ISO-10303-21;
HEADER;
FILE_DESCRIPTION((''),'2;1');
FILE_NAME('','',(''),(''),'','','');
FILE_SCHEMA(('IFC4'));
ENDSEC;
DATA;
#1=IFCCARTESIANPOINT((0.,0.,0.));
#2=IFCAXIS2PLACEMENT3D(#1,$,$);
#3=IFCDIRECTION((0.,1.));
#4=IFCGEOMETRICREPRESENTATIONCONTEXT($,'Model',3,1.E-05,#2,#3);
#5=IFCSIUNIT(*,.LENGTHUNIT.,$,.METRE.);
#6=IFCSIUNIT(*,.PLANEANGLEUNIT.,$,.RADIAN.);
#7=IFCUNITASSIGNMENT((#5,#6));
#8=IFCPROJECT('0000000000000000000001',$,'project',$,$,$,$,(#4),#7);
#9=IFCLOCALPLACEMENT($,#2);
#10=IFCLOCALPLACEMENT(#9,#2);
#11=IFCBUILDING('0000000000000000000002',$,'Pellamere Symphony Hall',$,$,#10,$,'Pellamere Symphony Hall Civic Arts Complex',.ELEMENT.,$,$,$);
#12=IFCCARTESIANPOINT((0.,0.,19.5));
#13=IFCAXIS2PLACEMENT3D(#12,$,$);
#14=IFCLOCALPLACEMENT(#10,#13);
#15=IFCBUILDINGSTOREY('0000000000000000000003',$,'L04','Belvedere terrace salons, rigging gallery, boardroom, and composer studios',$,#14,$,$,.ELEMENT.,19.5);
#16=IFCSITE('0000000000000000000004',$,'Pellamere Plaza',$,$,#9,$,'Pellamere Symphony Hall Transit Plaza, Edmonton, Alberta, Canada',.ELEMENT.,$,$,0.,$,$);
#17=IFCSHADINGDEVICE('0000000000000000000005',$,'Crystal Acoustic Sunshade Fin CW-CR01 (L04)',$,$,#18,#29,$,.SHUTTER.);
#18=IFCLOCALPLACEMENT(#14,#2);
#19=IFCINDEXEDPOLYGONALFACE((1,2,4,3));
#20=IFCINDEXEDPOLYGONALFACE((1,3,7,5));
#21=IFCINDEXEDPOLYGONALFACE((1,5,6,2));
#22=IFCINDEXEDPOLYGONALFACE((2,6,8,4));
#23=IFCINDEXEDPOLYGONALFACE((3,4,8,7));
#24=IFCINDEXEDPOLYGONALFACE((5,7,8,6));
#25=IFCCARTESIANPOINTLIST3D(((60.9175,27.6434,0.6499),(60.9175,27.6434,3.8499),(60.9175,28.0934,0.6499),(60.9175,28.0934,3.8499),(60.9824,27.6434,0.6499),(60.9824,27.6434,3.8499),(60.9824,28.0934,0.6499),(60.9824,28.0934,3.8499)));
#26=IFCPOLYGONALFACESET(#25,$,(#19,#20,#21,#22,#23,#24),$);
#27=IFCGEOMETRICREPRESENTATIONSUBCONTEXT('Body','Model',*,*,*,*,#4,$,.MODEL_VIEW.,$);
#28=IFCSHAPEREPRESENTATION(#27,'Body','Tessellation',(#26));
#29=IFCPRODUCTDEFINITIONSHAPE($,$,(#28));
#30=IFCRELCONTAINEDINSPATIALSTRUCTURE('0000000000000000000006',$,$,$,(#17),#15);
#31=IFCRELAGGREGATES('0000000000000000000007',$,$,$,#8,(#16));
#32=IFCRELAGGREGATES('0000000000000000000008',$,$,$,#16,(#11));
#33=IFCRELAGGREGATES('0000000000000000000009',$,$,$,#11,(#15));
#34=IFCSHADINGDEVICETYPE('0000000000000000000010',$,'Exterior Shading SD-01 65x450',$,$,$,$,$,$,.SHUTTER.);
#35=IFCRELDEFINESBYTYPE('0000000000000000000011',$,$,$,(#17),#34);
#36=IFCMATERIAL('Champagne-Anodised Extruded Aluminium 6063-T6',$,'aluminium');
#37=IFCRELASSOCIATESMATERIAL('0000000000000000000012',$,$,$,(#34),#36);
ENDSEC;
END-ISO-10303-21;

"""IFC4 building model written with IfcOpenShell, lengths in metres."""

from ifc_helpers import new_model, si_unit, direction, frame, origin, origin_2d, place, context, subcontext, project, spatial, rectangle, extrude, material, type_object, element, save


model = new_model("IFC4")

# Units and contexts
model_context = context("Model", 3, precision=1e-05, world=origin(), true_north=direction((0.0, 1.0)))
body_context = subcontext(model_context, "Body", "Model", "MODEL_VIEW")
ifc_project = project(units=[si_unit("LENGTHUNIT", "METRE"), si_unit("PLANEANGLEUNIT", "RADIAN")], contexts=[model_context])

# Site, building, storey
site_placement = place(None, origin())
site = spatial("IfcSite", under=ifc_project, at=site_placement, Name="Pellamere Plaza", LongName="Pellamere Symphony Hall Transit Plaza, Edmonton, Alberta, Canada", CompositionType="ELEMENT", RefElevation=0.0)
building_placement = place(site_placement, origin())
building = spatial("IfcBuilding", under=site, at=building_placement, Name="Pellamere Symphony Hall", LongName="Pellamere Symphony Hall Civic Arts Complex", CompositionType="ELEMENT")
storey_placement = place(building_placement, frame((0.0, 0.0, 19.5)))
storey = spatial("IfcBuildingStorey", under=building, at=storey_placement, Name="L04", Description="Belvedere terrace salons, rigging gallery, boardroom, and composer studios", CompositionType="ELEMENT", Elevation=19.5)

# Shading device
ifc_material_1 = material(Name="Champagne-Anodised Extruded Aluminium 6063-T6", Category="aluminium")
shading_device_type = type_object("IfcShadingDeviceType", Name="Exterior Shading SD-01 65x450", PredefinedType="SHUTTER", material=ifc_material_1)
shading_device_placement = place(storey_placement, frame((60.95, 27.8684, 0.6499), z_axis=(0.0, 0.0, 1.0), x_axis=(1.0, 0.0, 0.0)))
element("IfcShadingDevice", 1, at=shading_device_placement, inside=storey, type_object=shading_device_type, Name="Crystal Acoustic Sunshade Fin CW-CR01 (L04)", PredefinedType="SHUTTER", context=body_context, shape_type="SweptSolid", body=[
    extrude(rectangle(XDim=0.0649, YDim=0.45, at=origin_2d()), origin(), (0.0, 0.0, 1.0), 3.2),
])

save(model, "model.ifc")
